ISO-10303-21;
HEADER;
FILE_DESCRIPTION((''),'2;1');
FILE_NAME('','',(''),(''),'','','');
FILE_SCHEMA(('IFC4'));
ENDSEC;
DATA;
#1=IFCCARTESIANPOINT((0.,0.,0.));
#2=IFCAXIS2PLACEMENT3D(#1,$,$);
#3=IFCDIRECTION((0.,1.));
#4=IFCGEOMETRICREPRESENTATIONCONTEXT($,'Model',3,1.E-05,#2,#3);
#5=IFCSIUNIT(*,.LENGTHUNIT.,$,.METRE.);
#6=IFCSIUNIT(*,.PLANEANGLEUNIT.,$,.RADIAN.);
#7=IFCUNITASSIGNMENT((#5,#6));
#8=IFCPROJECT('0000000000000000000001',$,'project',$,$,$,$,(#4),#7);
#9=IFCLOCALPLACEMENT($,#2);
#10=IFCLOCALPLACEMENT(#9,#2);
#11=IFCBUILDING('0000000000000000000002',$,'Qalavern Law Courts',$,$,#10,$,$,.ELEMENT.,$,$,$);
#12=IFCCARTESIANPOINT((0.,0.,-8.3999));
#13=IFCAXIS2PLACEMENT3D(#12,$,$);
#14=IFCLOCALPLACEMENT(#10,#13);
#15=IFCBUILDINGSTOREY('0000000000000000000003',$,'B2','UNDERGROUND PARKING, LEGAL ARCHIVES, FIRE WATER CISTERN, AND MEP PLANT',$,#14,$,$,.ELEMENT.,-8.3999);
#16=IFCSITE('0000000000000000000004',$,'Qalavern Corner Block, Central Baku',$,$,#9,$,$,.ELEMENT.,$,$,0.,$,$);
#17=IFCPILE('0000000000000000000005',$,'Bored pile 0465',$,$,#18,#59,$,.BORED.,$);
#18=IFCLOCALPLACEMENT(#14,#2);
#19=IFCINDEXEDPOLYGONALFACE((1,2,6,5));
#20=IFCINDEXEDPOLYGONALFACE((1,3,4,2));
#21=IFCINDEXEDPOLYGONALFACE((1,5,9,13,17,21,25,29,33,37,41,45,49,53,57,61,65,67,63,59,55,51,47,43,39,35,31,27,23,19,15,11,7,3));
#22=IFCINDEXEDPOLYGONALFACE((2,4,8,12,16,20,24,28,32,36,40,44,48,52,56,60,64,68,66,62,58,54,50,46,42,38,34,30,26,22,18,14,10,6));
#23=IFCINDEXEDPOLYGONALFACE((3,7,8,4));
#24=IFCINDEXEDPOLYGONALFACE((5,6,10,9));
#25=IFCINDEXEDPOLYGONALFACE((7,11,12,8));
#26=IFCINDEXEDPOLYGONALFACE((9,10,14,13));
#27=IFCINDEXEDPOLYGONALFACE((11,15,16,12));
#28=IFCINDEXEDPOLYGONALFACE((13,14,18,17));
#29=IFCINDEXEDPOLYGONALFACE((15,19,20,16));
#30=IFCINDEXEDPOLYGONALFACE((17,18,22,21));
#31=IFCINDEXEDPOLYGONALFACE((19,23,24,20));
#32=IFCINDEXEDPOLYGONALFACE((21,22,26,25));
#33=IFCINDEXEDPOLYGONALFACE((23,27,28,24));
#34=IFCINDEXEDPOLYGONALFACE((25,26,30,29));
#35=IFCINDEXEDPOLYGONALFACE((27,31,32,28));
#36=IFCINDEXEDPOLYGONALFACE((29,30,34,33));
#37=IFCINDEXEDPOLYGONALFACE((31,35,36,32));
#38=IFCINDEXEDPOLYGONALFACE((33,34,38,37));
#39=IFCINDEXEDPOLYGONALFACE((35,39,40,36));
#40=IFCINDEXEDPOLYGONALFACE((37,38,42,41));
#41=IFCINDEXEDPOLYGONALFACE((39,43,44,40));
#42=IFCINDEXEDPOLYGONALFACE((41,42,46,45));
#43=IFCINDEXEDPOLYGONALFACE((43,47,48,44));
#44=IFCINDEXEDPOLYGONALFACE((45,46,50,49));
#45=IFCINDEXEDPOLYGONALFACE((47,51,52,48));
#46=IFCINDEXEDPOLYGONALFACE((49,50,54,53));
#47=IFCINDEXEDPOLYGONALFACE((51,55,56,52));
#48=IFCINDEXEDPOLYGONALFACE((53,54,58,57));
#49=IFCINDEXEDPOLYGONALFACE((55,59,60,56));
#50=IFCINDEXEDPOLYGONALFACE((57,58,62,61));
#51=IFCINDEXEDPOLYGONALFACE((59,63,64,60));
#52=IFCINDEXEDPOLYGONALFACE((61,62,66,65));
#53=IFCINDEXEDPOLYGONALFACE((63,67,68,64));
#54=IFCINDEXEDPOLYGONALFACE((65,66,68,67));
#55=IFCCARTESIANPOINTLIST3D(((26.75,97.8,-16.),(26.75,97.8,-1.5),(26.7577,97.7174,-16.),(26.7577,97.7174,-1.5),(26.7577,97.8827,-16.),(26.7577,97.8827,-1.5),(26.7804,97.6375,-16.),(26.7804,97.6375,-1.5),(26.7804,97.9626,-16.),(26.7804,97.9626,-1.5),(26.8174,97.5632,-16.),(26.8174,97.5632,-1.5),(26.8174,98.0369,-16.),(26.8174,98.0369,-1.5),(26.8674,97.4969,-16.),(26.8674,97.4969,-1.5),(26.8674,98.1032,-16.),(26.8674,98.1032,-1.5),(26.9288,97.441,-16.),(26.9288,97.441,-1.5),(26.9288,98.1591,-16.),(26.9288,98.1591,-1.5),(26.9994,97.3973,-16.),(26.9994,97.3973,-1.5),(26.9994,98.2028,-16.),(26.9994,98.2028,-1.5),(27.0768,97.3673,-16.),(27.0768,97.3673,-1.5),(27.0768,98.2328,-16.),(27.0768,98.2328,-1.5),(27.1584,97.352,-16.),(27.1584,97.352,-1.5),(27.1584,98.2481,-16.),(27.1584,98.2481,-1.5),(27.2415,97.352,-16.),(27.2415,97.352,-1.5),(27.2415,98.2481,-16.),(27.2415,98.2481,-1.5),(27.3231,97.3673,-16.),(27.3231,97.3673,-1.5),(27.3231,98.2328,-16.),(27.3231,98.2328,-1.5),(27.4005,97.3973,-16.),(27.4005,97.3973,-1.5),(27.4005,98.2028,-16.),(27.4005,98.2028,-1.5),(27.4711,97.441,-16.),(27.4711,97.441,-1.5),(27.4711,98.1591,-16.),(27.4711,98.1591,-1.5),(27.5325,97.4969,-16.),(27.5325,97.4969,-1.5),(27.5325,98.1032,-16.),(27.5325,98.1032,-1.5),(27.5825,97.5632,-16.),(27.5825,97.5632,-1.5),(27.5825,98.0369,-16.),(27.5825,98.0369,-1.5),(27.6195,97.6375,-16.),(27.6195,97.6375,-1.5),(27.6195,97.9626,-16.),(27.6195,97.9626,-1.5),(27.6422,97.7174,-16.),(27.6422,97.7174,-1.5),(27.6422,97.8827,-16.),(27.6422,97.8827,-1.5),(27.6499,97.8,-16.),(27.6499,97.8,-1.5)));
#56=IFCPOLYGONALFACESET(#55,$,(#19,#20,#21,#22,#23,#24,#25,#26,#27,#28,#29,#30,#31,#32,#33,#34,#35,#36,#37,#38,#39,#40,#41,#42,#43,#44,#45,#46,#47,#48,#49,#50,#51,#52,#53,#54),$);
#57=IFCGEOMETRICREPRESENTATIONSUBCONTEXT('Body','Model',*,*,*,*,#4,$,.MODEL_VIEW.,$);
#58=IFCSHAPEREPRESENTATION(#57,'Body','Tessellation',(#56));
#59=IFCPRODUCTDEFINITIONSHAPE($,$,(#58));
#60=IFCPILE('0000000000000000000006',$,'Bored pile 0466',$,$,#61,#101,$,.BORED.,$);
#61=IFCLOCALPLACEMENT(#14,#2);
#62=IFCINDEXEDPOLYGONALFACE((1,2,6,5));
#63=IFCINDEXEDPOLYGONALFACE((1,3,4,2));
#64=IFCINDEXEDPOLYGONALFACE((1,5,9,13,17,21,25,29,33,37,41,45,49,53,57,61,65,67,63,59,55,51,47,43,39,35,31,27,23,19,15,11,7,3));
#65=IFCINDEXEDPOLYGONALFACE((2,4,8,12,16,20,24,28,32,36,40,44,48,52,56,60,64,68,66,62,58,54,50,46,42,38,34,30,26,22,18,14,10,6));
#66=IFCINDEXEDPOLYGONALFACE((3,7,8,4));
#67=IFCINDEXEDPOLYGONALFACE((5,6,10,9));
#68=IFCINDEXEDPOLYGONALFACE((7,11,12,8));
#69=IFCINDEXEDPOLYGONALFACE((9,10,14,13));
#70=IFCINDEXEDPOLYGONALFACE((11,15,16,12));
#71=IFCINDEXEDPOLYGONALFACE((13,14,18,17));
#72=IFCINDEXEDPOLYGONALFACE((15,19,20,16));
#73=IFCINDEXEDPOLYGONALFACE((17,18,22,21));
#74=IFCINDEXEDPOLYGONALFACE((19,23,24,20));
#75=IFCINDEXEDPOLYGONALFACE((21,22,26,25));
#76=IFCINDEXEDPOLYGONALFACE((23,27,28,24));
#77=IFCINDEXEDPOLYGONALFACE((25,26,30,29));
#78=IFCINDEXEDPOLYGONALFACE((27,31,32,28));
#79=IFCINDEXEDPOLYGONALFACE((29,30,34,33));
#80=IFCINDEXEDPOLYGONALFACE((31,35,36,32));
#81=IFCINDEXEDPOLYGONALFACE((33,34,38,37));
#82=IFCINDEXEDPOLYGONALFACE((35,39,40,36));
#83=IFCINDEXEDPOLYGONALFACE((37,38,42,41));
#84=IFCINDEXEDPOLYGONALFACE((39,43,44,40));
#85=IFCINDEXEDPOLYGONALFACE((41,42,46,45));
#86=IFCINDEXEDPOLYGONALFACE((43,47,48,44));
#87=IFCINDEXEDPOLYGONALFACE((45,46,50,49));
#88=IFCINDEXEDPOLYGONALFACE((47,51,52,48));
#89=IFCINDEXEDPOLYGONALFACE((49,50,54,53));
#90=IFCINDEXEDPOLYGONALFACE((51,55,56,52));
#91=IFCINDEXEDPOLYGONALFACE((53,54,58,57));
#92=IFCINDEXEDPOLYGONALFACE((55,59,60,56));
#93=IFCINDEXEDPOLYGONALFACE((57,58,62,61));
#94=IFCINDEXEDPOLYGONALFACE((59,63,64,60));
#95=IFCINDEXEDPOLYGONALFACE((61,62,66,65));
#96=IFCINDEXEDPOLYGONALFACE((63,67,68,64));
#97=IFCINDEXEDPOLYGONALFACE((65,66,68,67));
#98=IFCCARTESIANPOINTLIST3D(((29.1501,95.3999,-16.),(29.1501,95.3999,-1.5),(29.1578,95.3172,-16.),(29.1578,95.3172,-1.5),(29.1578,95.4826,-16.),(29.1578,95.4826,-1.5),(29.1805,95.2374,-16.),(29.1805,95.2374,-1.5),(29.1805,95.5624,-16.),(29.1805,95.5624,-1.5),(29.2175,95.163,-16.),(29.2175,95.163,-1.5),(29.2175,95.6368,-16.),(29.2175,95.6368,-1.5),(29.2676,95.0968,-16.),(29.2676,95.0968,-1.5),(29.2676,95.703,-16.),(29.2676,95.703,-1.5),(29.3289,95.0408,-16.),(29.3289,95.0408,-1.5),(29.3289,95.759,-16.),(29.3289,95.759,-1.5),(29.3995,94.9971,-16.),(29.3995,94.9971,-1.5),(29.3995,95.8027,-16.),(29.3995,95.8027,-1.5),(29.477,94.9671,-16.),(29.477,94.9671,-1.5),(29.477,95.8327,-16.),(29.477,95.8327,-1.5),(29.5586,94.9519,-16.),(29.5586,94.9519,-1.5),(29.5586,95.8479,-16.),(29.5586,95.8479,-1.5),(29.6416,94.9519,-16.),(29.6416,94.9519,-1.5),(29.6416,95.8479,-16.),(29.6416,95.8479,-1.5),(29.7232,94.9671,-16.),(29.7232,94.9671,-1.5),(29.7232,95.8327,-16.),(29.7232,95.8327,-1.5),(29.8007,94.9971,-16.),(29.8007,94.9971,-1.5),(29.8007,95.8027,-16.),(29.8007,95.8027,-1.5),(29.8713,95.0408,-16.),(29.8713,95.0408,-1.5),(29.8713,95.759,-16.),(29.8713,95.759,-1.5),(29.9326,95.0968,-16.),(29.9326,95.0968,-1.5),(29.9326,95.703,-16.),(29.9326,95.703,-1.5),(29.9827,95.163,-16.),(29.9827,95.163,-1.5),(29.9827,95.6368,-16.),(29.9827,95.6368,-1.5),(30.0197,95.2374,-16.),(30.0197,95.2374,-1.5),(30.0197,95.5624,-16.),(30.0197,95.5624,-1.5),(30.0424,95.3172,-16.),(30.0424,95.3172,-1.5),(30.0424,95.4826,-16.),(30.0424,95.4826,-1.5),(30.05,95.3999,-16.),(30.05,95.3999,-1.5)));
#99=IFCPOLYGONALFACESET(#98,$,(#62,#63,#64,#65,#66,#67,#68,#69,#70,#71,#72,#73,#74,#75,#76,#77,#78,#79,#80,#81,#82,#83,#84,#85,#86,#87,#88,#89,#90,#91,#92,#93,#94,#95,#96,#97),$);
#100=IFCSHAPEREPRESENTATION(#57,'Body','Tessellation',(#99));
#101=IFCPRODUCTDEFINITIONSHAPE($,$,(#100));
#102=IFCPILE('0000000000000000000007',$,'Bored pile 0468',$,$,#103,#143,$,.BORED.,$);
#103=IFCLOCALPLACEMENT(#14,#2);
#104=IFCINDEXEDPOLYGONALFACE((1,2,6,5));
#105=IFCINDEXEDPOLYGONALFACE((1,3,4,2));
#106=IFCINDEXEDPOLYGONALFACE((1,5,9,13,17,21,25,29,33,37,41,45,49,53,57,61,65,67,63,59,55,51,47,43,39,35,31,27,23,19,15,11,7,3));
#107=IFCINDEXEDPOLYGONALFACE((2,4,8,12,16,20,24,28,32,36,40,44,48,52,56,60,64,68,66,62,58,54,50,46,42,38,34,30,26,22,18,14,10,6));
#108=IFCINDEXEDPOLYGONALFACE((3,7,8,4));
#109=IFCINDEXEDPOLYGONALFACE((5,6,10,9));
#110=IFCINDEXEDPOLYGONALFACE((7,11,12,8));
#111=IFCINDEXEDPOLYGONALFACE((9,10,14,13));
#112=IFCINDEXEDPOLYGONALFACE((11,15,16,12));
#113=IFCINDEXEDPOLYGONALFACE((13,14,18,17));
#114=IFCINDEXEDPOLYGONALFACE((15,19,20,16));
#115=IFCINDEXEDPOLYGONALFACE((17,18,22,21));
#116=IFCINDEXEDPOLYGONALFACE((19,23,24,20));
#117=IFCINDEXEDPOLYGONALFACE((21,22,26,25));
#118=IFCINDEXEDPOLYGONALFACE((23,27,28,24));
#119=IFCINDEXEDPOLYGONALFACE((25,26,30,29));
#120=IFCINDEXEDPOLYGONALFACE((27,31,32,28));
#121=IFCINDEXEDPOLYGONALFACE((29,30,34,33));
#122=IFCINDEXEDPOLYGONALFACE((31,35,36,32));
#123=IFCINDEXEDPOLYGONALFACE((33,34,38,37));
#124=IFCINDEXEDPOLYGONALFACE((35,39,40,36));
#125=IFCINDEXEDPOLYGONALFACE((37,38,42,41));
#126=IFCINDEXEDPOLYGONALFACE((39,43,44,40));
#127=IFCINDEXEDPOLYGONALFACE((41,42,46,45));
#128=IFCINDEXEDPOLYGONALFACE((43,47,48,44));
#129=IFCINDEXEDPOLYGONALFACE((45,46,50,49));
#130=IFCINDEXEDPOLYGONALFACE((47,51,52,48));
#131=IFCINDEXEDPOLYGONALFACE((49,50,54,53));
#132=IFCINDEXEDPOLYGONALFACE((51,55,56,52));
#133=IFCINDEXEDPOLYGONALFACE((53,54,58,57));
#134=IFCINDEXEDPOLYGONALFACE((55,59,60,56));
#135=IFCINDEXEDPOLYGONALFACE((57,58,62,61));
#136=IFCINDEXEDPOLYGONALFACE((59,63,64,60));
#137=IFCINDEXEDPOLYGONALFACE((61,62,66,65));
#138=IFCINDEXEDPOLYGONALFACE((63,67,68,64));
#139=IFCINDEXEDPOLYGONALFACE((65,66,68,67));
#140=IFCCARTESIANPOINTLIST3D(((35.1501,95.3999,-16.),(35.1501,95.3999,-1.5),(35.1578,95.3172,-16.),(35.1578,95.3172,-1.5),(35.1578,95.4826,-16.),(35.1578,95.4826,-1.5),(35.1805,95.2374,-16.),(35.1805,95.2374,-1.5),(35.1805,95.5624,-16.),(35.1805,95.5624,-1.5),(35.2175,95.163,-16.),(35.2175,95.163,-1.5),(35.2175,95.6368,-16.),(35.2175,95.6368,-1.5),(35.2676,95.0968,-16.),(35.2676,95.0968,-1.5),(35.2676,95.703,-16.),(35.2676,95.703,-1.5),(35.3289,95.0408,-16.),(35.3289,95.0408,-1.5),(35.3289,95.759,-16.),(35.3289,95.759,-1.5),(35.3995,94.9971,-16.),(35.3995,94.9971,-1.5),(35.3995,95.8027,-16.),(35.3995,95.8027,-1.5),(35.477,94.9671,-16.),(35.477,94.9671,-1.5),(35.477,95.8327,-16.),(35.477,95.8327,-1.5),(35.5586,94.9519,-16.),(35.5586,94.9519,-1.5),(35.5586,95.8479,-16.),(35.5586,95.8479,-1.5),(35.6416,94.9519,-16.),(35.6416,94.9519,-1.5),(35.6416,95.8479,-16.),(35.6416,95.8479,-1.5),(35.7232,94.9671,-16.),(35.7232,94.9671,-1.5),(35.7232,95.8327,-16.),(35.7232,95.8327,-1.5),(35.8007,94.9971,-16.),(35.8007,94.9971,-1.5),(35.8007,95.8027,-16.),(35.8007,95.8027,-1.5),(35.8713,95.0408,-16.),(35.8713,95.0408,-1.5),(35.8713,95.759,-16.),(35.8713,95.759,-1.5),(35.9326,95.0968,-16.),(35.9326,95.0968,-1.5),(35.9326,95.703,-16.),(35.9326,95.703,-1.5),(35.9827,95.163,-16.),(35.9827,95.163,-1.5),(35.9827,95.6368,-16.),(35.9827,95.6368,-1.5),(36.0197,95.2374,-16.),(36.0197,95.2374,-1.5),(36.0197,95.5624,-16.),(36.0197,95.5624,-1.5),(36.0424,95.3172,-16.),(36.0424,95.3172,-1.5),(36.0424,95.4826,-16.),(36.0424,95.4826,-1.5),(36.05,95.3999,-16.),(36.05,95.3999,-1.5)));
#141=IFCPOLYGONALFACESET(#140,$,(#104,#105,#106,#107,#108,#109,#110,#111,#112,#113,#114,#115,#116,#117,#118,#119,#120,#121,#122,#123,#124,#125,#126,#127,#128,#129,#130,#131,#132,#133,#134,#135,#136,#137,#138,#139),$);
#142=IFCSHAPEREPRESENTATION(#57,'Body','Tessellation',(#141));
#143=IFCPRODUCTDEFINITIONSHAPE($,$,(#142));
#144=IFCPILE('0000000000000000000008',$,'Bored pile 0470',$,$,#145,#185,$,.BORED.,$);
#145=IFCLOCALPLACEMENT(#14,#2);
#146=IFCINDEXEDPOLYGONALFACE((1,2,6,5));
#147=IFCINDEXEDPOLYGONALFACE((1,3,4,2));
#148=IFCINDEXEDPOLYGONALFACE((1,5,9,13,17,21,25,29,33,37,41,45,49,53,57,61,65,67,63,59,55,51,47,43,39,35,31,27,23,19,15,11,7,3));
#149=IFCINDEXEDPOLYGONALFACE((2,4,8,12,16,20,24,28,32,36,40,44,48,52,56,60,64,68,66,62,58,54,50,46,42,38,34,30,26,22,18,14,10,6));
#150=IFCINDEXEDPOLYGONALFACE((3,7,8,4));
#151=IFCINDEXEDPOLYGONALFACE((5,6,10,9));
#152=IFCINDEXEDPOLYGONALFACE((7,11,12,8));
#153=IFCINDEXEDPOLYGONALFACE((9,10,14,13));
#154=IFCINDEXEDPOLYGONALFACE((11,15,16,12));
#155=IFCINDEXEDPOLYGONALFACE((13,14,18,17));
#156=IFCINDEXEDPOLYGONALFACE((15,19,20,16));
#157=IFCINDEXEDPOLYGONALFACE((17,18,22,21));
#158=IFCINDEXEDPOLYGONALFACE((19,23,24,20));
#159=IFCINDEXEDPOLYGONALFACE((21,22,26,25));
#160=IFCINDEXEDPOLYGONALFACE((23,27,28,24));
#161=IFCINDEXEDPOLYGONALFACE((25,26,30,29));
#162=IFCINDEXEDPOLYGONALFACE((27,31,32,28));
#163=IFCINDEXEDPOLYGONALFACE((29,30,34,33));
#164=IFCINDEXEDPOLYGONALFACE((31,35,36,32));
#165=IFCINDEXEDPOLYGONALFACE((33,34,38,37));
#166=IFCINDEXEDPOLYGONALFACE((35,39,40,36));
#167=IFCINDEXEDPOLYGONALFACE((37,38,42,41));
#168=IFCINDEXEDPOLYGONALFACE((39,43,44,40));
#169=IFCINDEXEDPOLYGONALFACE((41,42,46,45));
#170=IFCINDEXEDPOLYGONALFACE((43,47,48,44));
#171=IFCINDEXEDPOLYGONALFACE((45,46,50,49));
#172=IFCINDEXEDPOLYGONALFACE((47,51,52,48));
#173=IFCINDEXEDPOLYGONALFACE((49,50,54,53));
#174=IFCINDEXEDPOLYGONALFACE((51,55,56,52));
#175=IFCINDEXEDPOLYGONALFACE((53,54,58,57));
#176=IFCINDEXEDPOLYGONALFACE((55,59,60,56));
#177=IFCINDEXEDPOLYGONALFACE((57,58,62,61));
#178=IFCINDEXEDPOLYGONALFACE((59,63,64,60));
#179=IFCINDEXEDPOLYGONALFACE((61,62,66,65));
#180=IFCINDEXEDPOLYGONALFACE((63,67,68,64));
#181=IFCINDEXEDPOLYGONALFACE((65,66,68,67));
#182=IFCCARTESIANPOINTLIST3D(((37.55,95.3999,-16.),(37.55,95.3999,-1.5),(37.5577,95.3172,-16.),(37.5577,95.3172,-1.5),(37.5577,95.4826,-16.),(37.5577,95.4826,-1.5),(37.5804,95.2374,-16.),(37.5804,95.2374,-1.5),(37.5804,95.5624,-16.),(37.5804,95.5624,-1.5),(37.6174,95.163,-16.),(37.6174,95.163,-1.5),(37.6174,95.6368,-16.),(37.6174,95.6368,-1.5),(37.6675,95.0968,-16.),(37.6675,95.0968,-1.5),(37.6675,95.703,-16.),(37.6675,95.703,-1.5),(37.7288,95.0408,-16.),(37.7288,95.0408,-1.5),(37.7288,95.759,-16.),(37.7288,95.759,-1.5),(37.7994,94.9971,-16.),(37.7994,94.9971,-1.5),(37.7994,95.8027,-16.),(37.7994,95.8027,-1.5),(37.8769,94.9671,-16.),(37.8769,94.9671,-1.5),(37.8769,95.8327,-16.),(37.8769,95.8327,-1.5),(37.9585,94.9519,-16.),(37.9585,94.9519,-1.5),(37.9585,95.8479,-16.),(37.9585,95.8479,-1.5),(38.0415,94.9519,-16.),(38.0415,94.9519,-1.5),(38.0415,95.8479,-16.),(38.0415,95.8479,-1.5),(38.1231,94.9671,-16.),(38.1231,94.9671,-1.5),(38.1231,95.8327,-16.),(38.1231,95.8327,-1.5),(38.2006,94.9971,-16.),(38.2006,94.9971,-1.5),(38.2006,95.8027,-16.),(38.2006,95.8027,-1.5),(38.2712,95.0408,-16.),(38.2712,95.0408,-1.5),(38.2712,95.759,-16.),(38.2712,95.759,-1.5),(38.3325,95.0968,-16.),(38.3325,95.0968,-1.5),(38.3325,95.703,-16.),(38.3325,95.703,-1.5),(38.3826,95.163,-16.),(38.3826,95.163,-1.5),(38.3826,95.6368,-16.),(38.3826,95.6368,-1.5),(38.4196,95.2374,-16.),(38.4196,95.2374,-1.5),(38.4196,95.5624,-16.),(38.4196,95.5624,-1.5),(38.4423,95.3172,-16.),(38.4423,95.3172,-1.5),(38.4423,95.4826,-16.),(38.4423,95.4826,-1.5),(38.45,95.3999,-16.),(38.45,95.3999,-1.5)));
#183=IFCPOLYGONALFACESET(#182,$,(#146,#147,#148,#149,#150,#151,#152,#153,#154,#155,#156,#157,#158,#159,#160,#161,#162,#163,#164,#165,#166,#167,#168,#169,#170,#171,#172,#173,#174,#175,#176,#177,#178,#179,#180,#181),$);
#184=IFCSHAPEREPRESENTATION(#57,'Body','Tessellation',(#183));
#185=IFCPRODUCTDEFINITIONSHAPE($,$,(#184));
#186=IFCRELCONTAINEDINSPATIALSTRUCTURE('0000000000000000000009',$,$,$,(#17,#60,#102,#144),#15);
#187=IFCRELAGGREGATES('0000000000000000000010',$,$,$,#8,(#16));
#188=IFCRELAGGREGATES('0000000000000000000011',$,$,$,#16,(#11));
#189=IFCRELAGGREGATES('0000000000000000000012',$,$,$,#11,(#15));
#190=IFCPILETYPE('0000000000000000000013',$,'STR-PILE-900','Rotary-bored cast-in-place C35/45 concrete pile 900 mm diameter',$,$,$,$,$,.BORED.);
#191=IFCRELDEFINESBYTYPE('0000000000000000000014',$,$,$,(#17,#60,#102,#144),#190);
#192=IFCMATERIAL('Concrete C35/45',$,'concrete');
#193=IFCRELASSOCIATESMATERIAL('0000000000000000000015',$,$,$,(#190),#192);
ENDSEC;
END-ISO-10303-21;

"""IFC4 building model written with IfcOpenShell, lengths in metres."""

from ifc_helpers import new_model, si_unit, direction, frame, origin, origin_2d, place, context, subcontext, project, spatial, circle, extrude, material, material_profile, profile_set, type_object, element, save


model = new_model("IFC4")

# Units and contexts
model_context = context("Model", 3, precision=1e-05, world=origin(), true_north=direction((0.0, 1.0)))
body_context = subcontext(model_context, "Body", "Model", "MODEL_VIEW")
ifc_project = project(units=[si_unit("LENGTHUNIT", "METRE"), si_unit("PLANEANGLEUNIT", "RADIAN")], contexts=[model_context])

# Site, building, storey
site_placement = place(None, origin())
site = spatial("IfcSite", under=ifc_project, at=site_placement, Name="Qalavern Corner Block, Central Baku", CompositionType="ELEMENT", RefElevation=0.0)
building_placement = place(site_placement, origin())
building = spatial("IfcBuilding", under=site, at=building_placement, Name="Qalavern Law Courts", CompositionType="ELEMENT")
storey_placement = place(building_placement, frame((0.0, 0.0, -8.3999)))
storey = spatial("IfcBuildingStorey", under=building, at=storey_placement, Name="B2", Description="UNDERGROUND PARKING, LEGAL ARCHIVES, FIRE WATER CISTERN, AND MEP PLANT", CompositionType="ELEMENT", Elevation=-8.3999)

# Shared definitions
ifc_material_1 = material(Name="Concrete C35/45", Category="concrete")

# Piles
ifc_material_profile_1 = material_profile(ifc_material_1, circle(Radius=0.45, at=origin_2d()), Name="BORED PILE 900")
ifc_profile_set_1 = profile_set([ifc_material_profile_1], Name="Concrete C35/45")
pile_type_1 = type_object("IfcPileType", Name="STR-PILE-900", Description="Rotary-bored cast-in-place C35/45 concrete pile 900 mm diameter", PredefinedType="BORED", material=ifc_profile_set_1)
for number, where, z_axis, x_axis, name in (
    (1, (27.2, 97.8, -1.5), (0.0, 0.0, -1.0), (1.0, 0.0, 0.0), "Bored pile 0465"),
    (2, (29.6001, 95.3999, -1.5), (0.0, 0.0, -1.0), (1.0, 0.0, 0.0), "Bored pile 0466"),
    (3, (35.6001, 95.3999, -1.5), (0.0, 0.0, -1.0), (1.0, 0.0, 0.0), "Bored pile 0468"),
    (4, (38.0, 95.3999, -1.5), (0.0, 0.0, -1.0), (1.0, 0.0, 0.0), "Bored pile 0470"),
):
    element("IfcPile", number, at=place(storey_placement, frame(where, z_axis=z_axis, x_axis=x_axis)), inside=storey, type_object=pile_type_1, Name=name, PredefinedType="BORED", context=body_context, shape_type="SweptSolid", body=[
        extrude(circle(Radius=0.45, at=origin_2d()), origin(), (0.0, 0.0, 1.0), 14.5),
    ])

save(model, "model.ifc")
